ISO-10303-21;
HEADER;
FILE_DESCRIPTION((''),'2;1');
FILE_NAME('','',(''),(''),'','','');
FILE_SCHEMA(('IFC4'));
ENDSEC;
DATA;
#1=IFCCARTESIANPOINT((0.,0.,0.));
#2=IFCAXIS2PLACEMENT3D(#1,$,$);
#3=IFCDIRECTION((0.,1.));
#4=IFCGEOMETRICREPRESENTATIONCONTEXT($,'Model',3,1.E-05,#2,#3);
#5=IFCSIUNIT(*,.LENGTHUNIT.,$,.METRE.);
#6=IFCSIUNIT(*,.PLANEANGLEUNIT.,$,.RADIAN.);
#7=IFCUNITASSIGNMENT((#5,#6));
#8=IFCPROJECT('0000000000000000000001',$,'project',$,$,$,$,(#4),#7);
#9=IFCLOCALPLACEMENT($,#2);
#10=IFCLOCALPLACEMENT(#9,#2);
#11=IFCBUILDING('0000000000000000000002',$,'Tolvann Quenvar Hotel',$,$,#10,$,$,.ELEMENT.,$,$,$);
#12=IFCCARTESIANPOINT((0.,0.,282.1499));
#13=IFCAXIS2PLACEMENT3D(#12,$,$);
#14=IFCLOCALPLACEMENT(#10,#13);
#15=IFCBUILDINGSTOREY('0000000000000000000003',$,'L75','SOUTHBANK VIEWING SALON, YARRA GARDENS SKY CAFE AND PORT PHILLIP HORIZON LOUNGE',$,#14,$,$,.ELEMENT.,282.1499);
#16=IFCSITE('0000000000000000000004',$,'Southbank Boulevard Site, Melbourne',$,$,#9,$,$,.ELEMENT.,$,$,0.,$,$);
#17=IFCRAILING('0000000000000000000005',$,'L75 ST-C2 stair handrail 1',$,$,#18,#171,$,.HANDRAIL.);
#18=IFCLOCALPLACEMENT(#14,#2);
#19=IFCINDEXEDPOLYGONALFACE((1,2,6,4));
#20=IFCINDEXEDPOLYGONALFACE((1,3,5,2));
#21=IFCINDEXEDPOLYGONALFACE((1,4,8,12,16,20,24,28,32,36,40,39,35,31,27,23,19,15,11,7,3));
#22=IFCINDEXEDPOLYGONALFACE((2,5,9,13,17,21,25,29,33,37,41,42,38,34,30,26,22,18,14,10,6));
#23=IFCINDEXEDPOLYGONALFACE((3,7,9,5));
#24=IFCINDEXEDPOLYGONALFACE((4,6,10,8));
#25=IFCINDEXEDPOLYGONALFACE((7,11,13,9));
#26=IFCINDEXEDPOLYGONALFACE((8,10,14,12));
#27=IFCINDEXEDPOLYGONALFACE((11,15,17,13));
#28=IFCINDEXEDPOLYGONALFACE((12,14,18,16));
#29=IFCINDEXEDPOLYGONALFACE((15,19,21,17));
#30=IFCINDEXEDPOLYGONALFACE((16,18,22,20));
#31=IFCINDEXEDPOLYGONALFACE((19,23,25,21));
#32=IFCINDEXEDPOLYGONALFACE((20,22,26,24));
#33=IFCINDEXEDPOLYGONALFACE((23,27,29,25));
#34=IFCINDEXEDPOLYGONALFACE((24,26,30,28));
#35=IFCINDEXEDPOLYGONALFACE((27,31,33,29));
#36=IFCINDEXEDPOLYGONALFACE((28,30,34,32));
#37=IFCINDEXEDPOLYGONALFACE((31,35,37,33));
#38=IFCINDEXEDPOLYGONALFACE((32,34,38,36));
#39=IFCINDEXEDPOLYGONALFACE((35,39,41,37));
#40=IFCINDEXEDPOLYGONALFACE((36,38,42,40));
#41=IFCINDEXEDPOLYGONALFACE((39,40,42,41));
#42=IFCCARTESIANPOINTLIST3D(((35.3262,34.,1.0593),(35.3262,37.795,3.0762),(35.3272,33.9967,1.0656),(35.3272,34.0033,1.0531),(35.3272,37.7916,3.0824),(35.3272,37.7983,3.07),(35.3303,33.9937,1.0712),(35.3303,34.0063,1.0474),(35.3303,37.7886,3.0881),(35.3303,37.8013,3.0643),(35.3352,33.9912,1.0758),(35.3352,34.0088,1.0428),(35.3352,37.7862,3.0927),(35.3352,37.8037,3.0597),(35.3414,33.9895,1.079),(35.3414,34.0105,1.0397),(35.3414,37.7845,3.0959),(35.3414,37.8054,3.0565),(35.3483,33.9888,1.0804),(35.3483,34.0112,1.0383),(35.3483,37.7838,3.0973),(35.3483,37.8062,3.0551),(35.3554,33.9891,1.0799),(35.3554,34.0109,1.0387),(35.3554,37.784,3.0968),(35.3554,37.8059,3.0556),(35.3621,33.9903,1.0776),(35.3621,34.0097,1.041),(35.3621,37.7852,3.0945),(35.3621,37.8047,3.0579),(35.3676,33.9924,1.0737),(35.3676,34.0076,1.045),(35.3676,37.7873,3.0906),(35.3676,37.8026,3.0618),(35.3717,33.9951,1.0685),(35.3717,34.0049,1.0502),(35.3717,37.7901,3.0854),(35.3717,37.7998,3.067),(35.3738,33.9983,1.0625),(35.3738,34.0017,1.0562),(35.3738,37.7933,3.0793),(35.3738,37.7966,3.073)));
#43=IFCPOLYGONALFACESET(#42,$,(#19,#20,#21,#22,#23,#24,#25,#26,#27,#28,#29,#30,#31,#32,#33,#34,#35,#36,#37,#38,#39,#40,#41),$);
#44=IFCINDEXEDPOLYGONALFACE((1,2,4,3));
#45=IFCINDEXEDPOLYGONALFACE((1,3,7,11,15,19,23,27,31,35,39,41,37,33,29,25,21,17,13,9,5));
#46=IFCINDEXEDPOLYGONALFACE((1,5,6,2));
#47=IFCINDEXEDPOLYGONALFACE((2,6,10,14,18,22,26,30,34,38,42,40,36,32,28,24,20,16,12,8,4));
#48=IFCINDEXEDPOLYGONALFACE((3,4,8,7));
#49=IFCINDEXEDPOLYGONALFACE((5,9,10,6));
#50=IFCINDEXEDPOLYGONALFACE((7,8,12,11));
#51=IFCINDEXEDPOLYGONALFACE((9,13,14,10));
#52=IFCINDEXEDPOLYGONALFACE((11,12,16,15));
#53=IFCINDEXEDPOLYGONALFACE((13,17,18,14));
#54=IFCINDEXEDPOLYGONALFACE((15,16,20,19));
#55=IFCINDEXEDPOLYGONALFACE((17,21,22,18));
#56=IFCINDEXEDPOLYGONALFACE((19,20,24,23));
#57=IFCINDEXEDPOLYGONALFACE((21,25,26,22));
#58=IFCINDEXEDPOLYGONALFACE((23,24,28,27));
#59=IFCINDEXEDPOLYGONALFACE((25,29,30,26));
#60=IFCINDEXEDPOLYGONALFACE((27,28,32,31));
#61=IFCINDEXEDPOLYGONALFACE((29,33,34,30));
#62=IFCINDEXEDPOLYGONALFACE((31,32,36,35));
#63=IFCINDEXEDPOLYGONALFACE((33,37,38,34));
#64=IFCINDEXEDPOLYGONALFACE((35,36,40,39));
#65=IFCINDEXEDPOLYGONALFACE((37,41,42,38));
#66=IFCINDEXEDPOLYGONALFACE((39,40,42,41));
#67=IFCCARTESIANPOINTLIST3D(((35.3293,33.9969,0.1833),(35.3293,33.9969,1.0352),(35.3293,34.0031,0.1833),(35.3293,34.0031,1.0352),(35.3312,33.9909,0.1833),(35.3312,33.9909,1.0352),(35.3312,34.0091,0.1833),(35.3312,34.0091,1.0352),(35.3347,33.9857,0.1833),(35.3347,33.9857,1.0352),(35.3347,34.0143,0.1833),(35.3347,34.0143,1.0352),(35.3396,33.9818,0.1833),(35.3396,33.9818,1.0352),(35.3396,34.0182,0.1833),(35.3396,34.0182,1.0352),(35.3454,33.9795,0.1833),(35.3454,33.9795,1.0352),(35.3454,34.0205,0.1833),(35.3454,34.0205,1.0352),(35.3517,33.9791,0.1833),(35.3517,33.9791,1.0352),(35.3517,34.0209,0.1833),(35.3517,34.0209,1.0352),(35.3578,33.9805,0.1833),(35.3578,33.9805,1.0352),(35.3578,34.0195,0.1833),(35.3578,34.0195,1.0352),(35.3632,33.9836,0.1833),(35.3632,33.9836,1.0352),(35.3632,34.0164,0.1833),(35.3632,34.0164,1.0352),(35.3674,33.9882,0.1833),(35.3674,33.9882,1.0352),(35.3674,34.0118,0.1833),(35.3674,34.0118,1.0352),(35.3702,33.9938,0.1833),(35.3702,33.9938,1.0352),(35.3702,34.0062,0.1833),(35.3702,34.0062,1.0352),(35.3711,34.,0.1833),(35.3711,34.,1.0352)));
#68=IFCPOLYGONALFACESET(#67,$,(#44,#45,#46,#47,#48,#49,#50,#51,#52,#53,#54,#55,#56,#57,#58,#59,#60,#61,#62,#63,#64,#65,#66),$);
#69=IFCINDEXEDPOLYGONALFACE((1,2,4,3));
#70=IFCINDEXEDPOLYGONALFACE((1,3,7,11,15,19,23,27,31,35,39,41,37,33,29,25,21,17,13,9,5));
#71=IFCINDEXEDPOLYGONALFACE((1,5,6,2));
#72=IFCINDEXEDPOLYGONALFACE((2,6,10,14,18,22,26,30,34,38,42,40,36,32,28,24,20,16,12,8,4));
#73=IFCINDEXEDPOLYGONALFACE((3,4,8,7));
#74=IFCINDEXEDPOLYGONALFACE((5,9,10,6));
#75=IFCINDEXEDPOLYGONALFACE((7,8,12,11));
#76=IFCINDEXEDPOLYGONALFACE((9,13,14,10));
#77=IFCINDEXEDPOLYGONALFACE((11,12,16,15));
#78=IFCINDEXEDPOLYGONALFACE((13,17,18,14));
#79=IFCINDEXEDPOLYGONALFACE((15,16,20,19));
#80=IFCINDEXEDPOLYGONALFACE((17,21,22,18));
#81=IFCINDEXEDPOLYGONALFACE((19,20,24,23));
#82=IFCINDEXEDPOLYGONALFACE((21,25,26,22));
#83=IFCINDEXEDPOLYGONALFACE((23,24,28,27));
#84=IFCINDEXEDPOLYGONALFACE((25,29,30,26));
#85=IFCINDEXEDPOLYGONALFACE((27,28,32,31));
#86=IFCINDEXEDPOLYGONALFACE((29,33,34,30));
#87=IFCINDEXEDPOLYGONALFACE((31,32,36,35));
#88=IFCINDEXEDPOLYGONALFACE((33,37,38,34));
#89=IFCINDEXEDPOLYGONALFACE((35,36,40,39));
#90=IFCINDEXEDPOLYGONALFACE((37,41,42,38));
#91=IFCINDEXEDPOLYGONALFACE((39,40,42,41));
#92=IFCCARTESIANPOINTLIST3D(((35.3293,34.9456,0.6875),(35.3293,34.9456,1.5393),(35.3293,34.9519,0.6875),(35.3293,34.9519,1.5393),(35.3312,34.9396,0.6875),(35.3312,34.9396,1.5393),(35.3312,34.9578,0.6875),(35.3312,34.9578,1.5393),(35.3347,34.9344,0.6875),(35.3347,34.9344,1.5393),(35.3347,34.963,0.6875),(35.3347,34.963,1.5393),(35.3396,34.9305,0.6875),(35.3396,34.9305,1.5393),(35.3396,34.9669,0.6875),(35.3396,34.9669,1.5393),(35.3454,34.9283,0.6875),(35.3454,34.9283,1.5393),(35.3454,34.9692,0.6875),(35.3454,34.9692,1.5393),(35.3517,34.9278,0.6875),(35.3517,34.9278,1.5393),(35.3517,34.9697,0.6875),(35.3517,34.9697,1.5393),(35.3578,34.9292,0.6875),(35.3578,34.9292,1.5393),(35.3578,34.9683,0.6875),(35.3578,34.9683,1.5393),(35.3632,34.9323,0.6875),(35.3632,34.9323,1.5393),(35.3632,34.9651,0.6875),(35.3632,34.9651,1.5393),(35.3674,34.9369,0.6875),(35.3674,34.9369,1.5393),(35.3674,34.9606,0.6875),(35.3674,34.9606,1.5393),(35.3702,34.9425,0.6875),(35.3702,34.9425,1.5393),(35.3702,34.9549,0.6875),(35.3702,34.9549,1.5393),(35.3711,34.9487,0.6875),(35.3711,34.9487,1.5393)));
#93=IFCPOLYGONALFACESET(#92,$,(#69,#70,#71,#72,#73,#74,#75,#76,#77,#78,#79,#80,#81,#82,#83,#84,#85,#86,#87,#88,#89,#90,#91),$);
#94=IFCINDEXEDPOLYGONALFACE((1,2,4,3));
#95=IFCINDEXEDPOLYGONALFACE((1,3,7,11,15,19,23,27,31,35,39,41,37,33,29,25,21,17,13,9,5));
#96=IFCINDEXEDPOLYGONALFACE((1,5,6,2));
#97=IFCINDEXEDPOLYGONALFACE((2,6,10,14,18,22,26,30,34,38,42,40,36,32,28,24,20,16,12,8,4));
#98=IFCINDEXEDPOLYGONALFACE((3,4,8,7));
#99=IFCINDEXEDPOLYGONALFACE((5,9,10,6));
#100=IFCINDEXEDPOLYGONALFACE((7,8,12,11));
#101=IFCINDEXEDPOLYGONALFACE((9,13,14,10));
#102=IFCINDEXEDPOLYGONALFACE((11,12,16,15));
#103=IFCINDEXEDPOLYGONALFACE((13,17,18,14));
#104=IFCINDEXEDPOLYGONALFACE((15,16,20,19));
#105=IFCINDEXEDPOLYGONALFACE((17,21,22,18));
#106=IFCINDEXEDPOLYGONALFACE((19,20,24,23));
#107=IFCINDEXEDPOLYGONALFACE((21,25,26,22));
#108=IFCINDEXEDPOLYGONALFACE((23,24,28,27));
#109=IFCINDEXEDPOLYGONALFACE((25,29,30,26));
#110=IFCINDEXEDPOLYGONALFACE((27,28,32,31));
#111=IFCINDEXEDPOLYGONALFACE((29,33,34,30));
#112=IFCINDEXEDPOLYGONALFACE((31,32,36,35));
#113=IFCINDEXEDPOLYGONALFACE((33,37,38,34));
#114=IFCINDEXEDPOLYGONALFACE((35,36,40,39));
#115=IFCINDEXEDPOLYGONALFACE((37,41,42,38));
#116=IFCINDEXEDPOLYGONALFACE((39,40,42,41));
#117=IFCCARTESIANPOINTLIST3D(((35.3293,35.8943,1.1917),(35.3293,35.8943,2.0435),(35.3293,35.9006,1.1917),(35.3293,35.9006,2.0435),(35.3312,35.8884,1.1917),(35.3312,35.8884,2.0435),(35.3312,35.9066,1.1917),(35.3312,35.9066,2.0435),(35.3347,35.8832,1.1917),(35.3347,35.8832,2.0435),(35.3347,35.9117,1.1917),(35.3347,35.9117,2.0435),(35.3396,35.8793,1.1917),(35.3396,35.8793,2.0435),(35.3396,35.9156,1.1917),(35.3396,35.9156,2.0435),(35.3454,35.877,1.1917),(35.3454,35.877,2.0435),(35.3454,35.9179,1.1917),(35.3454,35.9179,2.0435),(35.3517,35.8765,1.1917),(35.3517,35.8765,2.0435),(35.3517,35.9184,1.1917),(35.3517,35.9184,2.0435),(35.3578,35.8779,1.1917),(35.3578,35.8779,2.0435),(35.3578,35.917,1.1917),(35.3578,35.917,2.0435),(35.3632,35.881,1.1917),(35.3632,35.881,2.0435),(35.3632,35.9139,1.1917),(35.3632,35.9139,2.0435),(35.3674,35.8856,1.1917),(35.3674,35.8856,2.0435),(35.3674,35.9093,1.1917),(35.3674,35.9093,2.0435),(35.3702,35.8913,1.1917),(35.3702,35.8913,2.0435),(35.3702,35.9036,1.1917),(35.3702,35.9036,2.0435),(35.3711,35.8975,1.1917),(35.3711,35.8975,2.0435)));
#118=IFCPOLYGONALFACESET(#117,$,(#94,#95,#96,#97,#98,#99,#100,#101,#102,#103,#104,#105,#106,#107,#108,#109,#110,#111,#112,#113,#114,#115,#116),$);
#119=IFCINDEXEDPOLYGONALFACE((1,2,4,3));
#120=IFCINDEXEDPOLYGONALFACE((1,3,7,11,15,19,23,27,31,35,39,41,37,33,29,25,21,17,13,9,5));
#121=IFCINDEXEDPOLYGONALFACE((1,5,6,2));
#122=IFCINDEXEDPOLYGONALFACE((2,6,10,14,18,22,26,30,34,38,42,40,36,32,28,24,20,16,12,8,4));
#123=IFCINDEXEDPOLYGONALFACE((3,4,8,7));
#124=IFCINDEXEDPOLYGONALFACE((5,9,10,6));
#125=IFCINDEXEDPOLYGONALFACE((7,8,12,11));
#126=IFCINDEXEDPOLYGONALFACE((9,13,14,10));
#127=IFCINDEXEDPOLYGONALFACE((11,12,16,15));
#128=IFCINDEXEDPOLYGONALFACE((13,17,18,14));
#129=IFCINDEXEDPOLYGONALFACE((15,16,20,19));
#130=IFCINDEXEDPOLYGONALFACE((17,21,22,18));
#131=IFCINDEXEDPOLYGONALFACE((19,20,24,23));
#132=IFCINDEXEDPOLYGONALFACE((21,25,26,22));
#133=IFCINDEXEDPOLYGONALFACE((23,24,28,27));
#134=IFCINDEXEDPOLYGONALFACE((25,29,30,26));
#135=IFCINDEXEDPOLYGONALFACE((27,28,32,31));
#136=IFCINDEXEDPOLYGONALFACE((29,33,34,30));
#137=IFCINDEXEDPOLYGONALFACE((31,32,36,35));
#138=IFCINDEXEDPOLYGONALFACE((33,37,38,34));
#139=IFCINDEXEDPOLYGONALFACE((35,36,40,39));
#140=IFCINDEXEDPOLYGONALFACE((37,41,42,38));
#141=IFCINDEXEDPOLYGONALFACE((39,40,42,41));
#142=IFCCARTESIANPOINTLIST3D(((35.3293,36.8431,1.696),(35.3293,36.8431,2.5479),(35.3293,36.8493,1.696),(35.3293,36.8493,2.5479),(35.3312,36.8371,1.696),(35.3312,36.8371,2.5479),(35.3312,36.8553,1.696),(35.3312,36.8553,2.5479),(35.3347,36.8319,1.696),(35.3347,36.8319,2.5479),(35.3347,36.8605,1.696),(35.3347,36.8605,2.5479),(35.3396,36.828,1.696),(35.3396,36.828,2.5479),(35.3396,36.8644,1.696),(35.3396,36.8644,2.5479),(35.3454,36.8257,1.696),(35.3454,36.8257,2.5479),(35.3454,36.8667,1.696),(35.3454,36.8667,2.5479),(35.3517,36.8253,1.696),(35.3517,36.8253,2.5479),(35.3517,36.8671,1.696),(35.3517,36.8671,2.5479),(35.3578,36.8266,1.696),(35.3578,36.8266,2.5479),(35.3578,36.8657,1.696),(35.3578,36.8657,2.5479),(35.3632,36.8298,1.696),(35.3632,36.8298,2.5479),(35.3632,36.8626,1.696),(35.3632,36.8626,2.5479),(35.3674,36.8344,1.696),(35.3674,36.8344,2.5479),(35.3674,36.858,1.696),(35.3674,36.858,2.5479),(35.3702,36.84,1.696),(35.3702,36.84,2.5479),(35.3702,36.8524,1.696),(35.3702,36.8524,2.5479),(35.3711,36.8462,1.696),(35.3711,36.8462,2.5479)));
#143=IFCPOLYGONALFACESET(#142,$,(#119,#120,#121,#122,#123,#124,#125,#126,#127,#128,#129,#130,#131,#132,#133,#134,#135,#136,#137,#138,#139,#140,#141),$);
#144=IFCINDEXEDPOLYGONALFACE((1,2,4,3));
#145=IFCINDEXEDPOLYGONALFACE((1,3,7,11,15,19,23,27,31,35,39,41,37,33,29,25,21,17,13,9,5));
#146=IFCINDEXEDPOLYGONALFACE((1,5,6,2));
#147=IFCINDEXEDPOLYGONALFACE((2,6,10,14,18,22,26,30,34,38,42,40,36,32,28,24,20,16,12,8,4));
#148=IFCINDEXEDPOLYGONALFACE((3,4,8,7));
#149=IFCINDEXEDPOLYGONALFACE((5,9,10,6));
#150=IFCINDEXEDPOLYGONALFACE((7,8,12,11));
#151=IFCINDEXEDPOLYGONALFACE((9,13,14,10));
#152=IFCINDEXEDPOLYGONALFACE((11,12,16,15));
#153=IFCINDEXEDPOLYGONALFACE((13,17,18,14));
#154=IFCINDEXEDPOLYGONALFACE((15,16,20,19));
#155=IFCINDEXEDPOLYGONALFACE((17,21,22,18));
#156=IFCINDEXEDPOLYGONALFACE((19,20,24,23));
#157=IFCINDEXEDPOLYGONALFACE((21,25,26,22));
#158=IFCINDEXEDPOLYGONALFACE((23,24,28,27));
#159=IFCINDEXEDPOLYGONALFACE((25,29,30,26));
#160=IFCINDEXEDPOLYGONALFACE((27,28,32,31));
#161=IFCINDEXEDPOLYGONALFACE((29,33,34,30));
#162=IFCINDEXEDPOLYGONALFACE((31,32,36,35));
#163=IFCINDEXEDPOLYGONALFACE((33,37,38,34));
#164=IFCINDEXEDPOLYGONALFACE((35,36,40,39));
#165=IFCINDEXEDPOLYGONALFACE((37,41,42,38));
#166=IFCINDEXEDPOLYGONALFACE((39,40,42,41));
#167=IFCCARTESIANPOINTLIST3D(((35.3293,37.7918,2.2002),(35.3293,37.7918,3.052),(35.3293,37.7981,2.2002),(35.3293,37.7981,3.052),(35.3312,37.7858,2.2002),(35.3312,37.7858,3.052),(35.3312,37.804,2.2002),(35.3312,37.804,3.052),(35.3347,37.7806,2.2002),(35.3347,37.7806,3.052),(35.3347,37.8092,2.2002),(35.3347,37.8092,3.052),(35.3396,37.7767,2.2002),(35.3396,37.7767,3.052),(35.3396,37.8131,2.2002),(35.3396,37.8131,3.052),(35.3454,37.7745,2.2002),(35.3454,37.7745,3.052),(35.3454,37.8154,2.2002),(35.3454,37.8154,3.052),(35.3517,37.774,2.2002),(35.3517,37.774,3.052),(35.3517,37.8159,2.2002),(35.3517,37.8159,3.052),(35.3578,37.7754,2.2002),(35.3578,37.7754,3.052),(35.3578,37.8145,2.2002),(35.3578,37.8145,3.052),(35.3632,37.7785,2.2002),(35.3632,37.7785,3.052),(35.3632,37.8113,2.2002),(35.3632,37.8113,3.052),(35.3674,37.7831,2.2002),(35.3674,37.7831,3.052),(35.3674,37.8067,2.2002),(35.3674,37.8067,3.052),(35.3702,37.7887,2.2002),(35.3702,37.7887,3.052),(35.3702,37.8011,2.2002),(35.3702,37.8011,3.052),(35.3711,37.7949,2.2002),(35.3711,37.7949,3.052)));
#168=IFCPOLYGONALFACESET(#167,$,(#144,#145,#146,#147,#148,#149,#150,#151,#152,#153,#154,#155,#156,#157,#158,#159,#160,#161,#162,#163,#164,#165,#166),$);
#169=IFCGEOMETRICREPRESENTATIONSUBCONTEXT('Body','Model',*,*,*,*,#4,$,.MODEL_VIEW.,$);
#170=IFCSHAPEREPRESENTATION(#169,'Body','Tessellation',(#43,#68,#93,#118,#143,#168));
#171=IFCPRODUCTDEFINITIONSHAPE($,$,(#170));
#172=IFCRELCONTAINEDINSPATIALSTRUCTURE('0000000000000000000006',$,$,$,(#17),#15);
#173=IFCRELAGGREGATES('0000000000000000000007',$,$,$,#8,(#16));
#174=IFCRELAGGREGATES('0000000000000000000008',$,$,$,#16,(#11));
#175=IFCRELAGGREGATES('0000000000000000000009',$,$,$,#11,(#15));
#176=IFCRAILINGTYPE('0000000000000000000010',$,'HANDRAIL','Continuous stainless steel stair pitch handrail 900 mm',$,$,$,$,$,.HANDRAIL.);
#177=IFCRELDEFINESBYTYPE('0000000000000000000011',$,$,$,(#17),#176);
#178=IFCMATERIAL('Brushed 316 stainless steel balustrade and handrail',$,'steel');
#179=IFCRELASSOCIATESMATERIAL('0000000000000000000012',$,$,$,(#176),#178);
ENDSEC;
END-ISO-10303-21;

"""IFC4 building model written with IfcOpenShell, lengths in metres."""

from ifc_helpers import new_model, si_unit, direction, frame, origin, origin_2d, place, context, subcontext, project, spatial, circle, extrude, material, type_object, element, save


model = new_model("IFC4")

# Units and contexts
model_context = context("Model", 3, precision=1e-05, world=origin(), true_north=direction((0.0, 1.0)))
body_context = subcontext(model_context, "Body", "Model", "MODEL_VIEW")
ifc_project = project(units=[si_unit("LENGTHUNIT", "METRE"), si_unit("PLANEANGLEUNIT", "RADIAN")], contexts=[model_context])

# Site, building, storey
site_placement = place(None, origin())
site = spatial("IfcSite", under=ifc_project, at=site_placement, Name="Southbank Boulevard Site, Melbourne", CompositionType="ELEMENT", RefElevation=0.0)
building_placement = place(site_placement, origin())
building = spatial("IfcBuilding", under=site, at=building_placement, Name="Tolvann Quenvar Hotel", CompositionType="ELEMENT")
storey_placement = place(building_placement, frame((0.0, 0.0, 282.1499)))
storey = spatial("IfcBuildingStorey", under=building, at=storey_placement, Name="L75", Description="SOUTHBANK VIEWING SALON, YARRA GARDENS SKY CAFE AND PORT PHILLIP HORIZON LOUNGE", CompositionType="ELEMENT", Elevation=282.1499)

# Railing
ifc_material_1 = material(Name="Brushed 316 stainless steel balustrade and handrail", Category="steel")
railing_type_1 = type_object("IfcRailingType", Name="HANDRAIL", Description="Continuous stainless steel stair pitch handrail 900 mm", PredefinedType="HANDRAIL", material=ifc_material_1)
railing_1_placement = place(storey_placement, frame((35.3501, 34.0, 0.1833)))
element("IfcRailing", 1, at=railing_1_placement, inside=storey, type_object=railing_type_1, Name="L75 ST-C2 stair handrail 1", PredefinedType="HANDRAIL", context=body_context, shape_type="SweptSolid", body=[
    extrude(circle(Radius=0.0239, at=origin_2d()), frame((0.0, 0.0, 0.876), z_axis=(0.0, 0.883039, 0.469299), x_axis=(-1.0, 0.0, 0.0)), (0.0, 0.0, 1.0), 4.2976),
    extrude(circle(Radius=0.021, at=origin_2d()), origin(), (0.0, 0.0, 1.0), 0.8518),
    extrude(circle(Radius=0.021, at=origin_2d()), frame((0.0, 0.9487, 0.5042)), (0.0, 0.0, 1.0), 0.8518),
    extrude(circle(Radius=0.021, at=origin_2d()), frame((0.0, 1.8975, 1.0083)), (0.0, 0.0, 1.0), 0.8518),
    extrude(circle(Radius=0.021, at=origin_2d()), frame((0.0, 2.8462, 1.5127)), (0.0, 0.0, 1.0), 0.8518),
    extrude(circle(Radius=0.021, at=origin_2d()), frame((0.0, 3.7949, 2.0168)), (0.0, 0.0, 1.0), 0.8518),
])

save(model, "model.ifc")
